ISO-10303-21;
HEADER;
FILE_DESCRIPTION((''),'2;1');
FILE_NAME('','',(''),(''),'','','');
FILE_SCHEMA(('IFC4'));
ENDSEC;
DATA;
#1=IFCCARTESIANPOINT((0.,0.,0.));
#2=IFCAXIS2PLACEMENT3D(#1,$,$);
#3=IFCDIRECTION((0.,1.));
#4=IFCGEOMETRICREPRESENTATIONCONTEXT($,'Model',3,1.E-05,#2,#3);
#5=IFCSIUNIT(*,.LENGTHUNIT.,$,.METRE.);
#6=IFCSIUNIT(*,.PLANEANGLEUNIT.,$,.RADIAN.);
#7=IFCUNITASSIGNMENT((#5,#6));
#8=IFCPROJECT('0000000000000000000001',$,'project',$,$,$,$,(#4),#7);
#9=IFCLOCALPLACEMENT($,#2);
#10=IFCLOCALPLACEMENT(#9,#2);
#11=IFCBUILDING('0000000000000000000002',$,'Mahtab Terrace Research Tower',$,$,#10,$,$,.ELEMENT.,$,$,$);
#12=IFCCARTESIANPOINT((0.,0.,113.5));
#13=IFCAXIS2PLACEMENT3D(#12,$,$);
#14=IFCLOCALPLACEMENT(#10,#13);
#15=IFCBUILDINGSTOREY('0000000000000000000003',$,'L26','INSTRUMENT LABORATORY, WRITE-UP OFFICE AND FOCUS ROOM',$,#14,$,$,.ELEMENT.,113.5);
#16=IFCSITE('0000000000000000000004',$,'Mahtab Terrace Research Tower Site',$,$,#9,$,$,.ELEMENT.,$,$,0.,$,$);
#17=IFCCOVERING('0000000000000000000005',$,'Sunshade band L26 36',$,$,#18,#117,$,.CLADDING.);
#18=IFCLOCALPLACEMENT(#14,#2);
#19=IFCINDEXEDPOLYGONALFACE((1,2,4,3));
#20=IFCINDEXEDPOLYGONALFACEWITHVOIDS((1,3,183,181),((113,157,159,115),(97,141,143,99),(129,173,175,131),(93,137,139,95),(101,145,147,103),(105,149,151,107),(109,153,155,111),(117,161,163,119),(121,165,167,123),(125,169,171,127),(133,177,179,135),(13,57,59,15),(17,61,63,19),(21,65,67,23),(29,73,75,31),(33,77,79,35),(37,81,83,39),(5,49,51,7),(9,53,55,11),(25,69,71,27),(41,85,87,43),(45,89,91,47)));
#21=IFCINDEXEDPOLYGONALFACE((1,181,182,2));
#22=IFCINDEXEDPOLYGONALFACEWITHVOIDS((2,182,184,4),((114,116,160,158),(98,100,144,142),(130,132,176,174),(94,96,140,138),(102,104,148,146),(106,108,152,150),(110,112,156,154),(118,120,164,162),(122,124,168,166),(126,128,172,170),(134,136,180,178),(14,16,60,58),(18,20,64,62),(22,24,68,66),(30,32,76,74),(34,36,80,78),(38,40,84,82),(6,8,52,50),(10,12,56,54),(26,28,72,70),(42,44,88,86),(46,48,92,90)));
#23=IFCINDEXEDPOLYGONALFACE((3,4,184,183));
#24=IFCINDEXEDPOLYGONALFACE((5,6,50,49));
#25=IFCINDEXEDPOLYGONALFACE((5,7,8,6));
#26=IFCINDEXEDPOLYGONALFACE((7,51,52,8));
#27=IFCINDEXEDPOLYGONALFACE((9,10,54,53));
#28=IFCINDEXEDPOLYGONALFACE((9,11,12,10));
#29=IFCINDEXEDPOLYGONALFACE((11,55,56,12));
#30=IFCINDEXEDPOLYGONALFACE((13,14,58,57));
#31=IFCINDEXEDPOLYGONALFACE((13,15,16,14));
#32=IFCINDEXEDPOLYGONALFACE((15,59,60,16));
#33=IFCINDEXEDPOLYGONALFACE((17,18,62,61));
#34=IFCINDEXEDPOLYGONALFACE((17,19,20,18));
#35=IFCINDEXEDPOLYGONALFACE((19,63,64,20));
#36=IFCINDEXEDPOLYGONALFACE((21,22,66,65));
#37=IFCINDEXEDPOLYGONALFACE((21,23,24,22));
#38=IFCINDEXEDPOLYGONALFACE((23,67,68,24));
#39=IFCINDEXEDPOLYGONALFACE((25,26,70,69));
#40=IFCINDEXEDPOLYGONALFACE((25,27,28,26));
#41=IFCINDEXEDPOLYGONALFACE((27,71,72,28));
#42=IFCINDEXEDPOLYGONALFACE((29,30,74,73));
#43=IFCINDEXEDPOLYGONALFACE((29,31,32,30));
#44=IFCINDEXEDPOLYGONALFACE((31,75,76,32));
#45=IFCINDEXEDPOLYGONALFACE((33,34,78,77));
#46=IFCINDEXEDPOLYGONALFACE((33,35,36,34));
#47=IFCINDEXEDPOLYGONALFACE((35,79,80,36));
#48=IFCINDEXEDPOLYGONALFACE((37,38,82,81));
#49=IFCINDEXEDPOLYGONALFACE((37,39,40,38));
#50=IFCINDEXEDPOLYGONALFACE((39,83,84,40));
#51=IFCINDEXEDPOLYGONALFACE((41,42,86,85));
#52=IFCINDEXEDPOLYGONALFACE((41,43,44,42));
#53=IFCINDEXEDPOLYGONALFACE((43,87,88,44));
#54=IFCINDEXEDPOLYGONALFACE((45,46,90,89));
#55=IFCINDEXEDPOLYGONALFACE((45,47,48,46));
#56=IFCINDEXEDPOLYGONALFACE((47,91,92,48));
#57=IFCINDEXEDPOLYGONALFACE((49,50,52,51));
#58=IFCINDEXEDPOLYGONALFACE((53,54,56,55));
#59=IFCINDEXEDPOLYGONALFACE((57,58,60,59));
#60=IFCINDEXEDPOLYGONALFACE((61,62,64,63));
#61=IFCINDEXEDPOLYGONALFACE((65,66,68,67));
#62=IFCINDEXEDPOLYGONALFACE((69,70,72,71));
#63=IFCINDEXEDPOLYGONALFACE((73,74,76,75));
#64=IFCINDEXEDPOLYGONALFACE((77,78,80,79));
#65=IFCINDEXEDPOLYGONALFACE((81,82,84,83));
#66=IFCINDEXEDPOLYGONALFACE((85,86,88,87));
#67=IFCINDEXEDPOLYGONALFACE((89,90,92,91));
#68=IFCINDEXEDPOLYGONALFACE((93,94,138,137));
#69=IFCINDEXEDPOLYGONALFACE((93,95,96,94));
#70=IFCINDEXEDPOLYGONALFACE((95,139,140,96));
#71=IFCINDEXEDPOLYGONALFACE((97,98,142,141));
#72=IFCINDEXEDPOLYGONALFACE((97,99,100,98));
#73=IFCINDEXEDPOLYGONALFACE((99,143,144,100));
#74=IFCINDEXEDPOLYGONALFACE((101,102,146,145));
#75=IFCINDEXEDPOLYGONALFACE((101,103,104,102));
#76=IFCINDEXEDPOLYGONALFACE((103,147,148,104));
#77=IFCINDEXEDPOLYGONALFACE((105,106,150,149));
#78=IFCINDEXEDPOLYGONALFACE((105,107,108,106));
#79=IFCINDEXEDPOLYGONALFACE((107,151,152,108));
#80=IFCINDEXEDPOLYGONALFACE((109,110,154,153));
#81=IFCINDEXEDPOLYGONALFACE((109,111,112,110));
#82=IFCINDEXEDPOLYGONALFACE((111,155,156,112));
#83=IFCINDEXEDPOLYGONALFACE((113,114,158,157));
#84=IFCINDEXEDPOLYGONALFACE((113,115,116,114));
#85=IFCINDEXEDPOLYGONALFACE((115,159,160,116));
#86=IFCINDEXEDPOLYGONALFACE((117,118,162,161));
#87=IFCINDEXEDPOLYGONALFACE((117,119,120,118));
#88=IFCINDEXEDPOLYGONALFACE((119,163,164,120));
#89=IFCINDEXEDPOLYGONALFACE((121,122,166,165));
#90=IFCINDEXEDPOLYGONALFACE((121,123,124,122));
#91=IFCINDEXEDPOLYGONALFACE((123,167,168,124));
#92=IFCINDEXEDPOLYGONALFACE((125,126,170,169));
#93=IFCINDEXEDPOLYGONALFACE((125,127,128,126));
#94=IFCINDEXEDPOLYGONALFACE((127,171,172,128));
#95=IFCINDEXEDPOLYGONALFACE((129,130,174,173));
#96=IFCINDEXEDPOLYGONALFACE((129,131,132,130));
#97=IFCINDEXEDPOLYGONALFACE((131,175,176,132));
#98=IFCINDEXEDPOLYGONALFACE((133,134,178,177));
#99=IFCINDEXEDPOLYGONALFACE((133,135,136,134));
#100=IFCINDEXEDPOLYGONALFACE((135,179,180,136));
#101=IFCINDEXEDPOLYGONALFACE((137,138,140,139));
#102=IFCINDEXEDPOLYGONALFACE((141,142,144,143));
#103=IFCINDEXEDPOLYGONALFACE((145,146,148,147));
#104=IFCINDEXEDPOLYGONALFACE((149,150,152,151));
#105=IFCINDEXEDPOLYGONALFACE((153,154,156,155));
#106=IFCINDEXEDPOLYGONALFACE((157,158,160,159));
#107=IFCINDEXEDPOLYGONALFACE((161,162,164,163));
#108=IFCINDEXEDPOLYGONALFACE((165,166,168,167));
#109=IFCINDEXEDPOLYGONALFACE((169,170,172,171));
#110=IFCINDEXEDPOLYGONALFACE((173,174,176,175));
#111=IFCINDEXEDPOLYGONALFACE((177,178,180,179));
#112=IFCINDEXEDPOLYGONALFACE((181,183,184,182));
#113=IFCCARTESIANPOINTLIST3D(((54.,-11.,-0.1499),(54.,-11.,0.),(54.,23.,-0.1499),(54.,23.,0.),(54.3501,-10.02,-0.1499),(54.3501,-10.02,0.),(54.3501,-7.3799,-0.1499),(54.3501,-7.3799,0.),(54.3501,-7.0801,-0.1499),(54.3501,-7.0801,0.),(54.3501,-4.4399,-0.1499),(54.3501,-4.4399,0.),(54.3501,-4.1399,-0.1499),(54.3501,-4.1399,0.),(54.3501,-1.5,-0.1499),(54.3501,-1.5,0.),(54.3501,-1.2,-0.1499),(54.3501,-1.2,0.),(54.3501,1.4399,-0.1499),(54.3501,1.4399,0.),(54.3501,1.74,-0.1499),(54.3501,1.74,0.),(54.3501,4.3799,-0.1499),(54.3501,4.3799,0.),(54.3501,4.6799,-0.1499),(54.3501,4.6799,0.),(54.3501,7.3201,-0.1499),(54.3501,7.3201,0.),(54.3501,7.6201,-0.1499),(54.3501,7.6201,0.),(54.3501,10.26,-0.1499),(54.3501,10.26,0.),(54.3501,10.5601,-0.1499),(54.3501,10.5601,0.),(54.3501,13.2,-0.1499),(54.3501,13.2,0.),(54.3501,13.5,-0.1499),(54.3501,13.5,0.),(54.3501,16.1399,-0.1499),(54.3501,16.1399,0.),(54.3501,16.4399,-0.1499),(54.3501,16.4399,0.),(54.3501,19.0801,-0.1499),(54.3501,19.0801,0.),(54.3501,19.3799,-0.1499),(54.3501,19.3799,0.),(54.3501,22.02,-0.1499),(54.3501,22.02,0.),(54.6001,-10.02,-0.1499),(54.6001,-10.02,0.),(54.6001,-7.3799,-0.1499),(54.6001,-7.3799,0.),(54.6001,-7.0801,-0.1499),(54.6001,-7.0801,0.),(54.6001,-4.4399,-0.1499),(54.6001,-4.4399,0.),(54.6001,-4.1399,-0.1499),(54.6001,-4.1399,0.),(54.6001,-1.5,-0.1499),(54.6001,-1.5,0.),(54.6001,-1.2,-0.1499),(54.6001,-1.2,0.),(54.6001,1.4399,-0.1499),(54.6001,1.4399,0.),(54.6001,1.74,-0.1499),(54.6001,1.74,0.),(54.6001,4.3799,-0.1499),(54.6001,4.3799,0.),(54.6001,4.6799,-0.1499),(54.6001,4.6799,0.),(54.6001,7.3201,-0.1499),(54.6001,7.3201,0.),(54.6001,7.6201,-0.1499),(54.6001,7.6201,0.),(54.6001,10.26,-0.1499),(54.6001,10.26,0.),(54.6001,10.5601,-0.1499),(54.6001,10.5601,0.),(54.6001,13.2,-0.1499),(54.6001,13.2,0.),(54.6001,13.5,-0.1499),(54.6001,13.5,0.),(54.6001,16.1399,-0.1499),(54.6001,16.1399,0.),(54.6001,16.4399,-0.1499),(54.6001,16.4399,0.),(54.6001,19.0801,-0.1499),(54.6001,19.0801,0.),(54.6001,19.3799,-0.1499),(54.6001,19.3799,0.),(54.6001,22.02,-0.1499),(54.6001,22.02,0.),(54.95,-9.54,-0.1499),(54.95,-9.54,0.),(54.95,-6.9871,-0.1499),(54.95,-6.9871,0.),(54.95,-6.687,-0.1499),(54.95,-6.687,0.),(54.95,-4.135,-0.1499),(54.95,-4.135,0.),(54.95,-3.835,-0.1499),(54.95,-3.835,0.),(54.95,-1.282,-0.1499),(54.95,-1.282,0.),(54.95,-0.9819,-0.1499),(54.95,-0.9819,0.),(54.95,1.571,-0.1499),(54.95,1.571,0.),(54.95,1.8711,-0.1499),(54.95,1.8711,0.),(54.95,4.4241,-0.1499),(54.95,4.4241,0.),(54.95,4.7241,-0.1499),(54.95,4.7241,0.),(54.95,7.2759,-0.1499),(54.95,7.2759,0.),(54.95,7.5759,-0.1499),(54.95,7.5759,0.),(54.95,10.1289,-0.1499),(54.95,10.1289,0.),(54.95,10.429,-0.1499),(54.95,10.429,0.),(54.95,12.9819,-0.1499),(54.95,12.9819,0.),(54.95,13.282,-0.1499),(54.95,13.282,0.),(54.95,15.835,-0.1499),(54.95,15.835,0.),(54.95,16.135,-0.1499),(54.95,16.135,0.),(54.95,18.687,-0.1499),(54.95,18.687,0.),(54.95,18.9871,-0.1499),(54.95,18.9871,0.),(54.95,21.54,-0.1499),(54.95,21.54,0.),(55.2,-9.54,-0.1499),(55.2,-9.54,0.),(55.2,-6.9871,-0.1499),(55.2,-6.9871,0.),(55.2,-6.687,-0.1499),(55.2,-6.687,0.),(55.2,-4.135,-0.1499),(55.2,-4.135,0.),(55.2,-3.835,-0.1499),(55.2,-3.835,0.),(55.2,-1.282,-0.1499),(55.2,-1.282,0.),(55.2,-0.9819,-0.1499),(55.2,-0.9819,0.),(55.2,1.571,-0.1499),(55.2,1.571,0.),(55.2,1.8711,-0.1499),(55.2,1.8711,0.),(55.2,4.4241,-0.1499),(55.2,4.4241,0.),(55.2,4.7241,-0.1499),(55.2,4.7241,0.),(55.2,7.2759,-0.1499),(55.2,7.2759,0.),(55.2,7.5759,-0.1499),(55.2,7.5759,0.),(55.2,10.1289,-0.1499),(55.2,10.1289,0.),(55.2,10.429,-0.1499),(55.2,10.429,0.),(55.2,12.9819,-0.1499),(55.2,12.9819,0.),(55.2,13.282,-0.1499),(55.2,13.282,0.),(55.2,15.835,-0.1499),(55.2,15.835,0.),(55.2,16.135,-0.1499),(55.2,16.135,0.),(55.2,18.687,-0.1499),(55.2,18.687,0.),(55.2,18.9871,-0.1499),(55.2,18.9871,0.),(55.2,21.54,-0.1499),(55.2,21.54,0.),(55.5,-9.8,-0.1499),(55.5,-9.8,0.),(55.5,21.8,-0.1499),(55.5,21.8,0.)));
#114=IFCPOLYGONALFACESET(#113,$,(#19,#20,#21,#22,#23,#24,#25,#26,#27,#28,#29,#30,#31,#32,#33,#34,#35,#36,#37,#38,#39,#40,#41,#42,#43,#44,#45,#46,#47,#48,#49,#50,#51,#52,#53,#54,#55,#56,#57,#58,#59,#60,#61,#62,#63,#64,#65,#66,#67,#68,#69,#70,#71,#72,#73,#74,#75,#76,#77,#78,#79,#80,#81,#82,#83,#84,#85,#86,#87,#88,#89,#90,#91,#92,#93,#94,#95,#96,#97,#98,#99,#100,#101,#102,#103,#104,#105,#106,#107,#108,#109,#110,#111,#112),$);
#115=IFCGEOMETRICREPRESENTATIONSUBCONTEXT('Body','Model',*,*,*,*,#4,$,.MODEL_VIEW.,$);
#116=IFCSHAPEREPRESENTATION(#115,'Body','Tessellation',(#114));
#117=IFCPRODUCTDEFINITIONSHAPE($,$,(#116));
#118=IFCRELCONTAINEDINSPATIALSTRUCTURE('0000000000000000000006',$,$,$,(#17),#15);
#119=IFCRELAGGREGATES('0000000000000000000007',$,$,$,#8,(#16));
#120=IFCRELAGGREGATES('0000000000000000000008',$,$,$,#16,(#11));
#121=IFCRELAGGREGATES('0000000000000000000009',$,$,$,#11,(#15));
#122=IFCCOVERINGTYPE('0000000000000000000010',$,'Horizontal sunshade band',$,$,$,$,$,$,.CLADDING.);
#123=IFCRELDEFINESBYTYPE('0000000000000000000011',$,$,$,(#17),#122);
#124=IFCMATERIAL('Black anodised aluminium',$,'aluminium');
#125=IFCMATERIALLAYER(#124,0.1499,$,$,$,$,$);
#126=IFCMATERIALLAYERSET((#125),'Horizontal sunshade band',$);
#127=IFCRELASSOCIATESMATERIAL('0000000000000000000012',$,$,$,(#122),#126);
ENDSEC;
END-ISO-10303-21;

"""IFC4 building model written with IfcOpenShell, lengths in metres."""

from ifc_helpers import new_model, si_unit, direction, frame, origin, place, context, subcontext, project, spatial, polyline, outline, extrude, material, layer, layer_set, type_object, element, save


model = new_model("IFC4")

# Units and contexts
model_context = context("Model", 3, precision=1e-05, world=origin(), true_north=direction((0.0, 1.0)))
body_context = subcontext(model_context, "Body", "Model", "MODEL_VIEW")
ifc_project = project(units=[si_unit("LENGTHUNIT", "METRE"), si_unit("PLANEANGLEUNIT", "RADIAN")], contexts=[model_context])

# Site, building, storey
site_placement = place(None, origin())
site = spatial("IfcSite", under=ifc_project, at=site_placement, Name="Mahtab Terrace Research Tower Site", CompositionType="ELEMENT", RefElevation=0.0)
building_placement = place(site_placement, origin())
building = spatial("IfcBuilding", under=site, at=building_placement, Name="Mahtab Terrace Research Tower", CompositionType="ELEMENT")
storey_placement = place(building_placement, frame((0.0, 0.0, 113.5)))
storey = spatial("IfcBuildingStorey", under=building, at=storey_placement, Name="L26", Description="INSTRUMENT LABORATORY, WRITE-UP OFFICE AND FOCUS ROOM", CompositionType="ELEMENT", Elevation=113.5)

# Covering
ifc_material_1 = material(Name="Black anodised aluminium", Category="aluminium")
ifc_layer_1 = layer(ifc_material_1, 0.1499)
ifc_layer_set_1 = layer_set([ifc_layer_1], Name="Horizontal sunshade band")
covering_type_1 = type_object("IfcCoveringType", Name="Horizontal sunshade band", PredefinedType="CLADDING", material=ifc_layer_set_1)
covering_1_placement = place(storey_placement, frame((0.0, 0.0, -0.1499)))
element("IfcCovering", 1, at=covering_1_placement, inside=storey, type_object=covering_type_1, Name="Sunshade band L26 36", PredefinedType="CLADDING", context=body_context, shape_type="SweptSolid", body=[
    extrude(outline(polyline([(54.0, -11.0), (54.0, 23.0), (55.5, 21.8), (55.5, -9.8), (54.0, -11.0)]), holes=[polyline([(54.3501, -10.02), (54.3501, -7.3799), (54.6001, -7.3799), (54.6001, -10.02), (54.3501, -10.02)]), polyline([(54.3501, -7.0801), (54.3501, -4.4399), (54.6001, -4.4399), (54.6001, -7.0801), (54.3501, -7.0801)]), polyline([(54.3501, -4.1399), (54.3501, -1.5), (54.6001, -1.5), (54.6001, -4.1399), (54.3501, -4.1399)]), polyline([(54.3501, -1.2), (54.3501, 1.4399), (54.6001, 1.4399), (54.6001, -1.2), (54.3501, -1.2)]), polyline([(54.3501, 1.74), (54.3501, 4.3799), (54.6001, 4.3799), (54.6001, 1.74), (54.3501, 1.74)]), polyline([(54.3501, 4.6799), (54.3501, 7.3201), (54.6001, 7.3201), (54.6001, 4.6799), (54.3501, 4.6799)]), polyline([(54.3501, 7.6201), (54.3501, 10.26), (54.6001, 10.26), (54.6001, 7.6201), (54.3501, 7.6201)]), polyline([(54.3501, 10.5601), (54.3501, 13.2), (54.6001, 13.2), (54.6001, 10.5601), (54.3501, 10.5601)]), polyline([(54.3501, 13.5), (54.3501, 16.1399), (54.6001, 16.1399), (54.6001, 13.5), (54.3501, 13.5)]), polyline([(54.3501, 16.4399), (54.3501, 19.0801), (54.6001, 19.0801), (54.6001, 16.4399), (54.3501, 16.4399)]), polyline([(54.3501, 19.3799), (54.3501, 22.02), (54.6001, 22.02), (54.6001, 19.3799), (54.3501, 19.3799)]), polyline([(54.95, -9.54), (54.95, -6.9871), (55.2, -6.9871), (55.2, -9.54), (54.95, -9.54)]), polyline([(54.95, -6.687), (54.95, -4.135), (55.2, -4.135), (55.2, -6.687), (54.95, -6.687)]), polyline([(54.95, -3.835), (54.95, -1.282), (55.2, -1.282), (55.2, -3.835), (54.95, -3.835)]), polyline([(54.95, -0.9819), (54.95, 1.571), (55.2, 1.571), (55.2, -0.9819), (54.95, -0.9819)]), polyline([(54.95, 1.8711), (54.95, 4.4241), (55.2, 4.4241), (55.2, 1.8711), (54.95, 1.8711)]), polyline([(54.95, 4.7241), (54.95, 7.2759), (55.2, 7.2759), (55.2, 4.7241), (54.95, 4.7241)]), polyline([(54.95, 7.5759), (54.95, 10.1289), (55.2, 10.1289), (55.2, 7.5759), (54.95, 7.5759)]), polyline([(54.95, 10.429), (54.95, 12.9819), (55.2, 12.9819), (55.2, 10.429), (54.95, 10.429)]), polyline([(54.95, 13.282), (54.95, 15.835), (55.2, 15.835), (55.2, 13.282), (54.95, 13.282)]), polyline([(54.95, 16.135), (54.95, 18.687), (55.2, 18.687), (55.2, 16.135), (54.95, 16.135)]), polyline([(54.95, 18.9871), (54.95, 21.54), (55.2, 21.54), (55.2, 18.9871), (54.95, 18.9871)])]), origin(), (0.0, 0.0, 1.0), 0.1499),
])

save(model, "model.ifc")
